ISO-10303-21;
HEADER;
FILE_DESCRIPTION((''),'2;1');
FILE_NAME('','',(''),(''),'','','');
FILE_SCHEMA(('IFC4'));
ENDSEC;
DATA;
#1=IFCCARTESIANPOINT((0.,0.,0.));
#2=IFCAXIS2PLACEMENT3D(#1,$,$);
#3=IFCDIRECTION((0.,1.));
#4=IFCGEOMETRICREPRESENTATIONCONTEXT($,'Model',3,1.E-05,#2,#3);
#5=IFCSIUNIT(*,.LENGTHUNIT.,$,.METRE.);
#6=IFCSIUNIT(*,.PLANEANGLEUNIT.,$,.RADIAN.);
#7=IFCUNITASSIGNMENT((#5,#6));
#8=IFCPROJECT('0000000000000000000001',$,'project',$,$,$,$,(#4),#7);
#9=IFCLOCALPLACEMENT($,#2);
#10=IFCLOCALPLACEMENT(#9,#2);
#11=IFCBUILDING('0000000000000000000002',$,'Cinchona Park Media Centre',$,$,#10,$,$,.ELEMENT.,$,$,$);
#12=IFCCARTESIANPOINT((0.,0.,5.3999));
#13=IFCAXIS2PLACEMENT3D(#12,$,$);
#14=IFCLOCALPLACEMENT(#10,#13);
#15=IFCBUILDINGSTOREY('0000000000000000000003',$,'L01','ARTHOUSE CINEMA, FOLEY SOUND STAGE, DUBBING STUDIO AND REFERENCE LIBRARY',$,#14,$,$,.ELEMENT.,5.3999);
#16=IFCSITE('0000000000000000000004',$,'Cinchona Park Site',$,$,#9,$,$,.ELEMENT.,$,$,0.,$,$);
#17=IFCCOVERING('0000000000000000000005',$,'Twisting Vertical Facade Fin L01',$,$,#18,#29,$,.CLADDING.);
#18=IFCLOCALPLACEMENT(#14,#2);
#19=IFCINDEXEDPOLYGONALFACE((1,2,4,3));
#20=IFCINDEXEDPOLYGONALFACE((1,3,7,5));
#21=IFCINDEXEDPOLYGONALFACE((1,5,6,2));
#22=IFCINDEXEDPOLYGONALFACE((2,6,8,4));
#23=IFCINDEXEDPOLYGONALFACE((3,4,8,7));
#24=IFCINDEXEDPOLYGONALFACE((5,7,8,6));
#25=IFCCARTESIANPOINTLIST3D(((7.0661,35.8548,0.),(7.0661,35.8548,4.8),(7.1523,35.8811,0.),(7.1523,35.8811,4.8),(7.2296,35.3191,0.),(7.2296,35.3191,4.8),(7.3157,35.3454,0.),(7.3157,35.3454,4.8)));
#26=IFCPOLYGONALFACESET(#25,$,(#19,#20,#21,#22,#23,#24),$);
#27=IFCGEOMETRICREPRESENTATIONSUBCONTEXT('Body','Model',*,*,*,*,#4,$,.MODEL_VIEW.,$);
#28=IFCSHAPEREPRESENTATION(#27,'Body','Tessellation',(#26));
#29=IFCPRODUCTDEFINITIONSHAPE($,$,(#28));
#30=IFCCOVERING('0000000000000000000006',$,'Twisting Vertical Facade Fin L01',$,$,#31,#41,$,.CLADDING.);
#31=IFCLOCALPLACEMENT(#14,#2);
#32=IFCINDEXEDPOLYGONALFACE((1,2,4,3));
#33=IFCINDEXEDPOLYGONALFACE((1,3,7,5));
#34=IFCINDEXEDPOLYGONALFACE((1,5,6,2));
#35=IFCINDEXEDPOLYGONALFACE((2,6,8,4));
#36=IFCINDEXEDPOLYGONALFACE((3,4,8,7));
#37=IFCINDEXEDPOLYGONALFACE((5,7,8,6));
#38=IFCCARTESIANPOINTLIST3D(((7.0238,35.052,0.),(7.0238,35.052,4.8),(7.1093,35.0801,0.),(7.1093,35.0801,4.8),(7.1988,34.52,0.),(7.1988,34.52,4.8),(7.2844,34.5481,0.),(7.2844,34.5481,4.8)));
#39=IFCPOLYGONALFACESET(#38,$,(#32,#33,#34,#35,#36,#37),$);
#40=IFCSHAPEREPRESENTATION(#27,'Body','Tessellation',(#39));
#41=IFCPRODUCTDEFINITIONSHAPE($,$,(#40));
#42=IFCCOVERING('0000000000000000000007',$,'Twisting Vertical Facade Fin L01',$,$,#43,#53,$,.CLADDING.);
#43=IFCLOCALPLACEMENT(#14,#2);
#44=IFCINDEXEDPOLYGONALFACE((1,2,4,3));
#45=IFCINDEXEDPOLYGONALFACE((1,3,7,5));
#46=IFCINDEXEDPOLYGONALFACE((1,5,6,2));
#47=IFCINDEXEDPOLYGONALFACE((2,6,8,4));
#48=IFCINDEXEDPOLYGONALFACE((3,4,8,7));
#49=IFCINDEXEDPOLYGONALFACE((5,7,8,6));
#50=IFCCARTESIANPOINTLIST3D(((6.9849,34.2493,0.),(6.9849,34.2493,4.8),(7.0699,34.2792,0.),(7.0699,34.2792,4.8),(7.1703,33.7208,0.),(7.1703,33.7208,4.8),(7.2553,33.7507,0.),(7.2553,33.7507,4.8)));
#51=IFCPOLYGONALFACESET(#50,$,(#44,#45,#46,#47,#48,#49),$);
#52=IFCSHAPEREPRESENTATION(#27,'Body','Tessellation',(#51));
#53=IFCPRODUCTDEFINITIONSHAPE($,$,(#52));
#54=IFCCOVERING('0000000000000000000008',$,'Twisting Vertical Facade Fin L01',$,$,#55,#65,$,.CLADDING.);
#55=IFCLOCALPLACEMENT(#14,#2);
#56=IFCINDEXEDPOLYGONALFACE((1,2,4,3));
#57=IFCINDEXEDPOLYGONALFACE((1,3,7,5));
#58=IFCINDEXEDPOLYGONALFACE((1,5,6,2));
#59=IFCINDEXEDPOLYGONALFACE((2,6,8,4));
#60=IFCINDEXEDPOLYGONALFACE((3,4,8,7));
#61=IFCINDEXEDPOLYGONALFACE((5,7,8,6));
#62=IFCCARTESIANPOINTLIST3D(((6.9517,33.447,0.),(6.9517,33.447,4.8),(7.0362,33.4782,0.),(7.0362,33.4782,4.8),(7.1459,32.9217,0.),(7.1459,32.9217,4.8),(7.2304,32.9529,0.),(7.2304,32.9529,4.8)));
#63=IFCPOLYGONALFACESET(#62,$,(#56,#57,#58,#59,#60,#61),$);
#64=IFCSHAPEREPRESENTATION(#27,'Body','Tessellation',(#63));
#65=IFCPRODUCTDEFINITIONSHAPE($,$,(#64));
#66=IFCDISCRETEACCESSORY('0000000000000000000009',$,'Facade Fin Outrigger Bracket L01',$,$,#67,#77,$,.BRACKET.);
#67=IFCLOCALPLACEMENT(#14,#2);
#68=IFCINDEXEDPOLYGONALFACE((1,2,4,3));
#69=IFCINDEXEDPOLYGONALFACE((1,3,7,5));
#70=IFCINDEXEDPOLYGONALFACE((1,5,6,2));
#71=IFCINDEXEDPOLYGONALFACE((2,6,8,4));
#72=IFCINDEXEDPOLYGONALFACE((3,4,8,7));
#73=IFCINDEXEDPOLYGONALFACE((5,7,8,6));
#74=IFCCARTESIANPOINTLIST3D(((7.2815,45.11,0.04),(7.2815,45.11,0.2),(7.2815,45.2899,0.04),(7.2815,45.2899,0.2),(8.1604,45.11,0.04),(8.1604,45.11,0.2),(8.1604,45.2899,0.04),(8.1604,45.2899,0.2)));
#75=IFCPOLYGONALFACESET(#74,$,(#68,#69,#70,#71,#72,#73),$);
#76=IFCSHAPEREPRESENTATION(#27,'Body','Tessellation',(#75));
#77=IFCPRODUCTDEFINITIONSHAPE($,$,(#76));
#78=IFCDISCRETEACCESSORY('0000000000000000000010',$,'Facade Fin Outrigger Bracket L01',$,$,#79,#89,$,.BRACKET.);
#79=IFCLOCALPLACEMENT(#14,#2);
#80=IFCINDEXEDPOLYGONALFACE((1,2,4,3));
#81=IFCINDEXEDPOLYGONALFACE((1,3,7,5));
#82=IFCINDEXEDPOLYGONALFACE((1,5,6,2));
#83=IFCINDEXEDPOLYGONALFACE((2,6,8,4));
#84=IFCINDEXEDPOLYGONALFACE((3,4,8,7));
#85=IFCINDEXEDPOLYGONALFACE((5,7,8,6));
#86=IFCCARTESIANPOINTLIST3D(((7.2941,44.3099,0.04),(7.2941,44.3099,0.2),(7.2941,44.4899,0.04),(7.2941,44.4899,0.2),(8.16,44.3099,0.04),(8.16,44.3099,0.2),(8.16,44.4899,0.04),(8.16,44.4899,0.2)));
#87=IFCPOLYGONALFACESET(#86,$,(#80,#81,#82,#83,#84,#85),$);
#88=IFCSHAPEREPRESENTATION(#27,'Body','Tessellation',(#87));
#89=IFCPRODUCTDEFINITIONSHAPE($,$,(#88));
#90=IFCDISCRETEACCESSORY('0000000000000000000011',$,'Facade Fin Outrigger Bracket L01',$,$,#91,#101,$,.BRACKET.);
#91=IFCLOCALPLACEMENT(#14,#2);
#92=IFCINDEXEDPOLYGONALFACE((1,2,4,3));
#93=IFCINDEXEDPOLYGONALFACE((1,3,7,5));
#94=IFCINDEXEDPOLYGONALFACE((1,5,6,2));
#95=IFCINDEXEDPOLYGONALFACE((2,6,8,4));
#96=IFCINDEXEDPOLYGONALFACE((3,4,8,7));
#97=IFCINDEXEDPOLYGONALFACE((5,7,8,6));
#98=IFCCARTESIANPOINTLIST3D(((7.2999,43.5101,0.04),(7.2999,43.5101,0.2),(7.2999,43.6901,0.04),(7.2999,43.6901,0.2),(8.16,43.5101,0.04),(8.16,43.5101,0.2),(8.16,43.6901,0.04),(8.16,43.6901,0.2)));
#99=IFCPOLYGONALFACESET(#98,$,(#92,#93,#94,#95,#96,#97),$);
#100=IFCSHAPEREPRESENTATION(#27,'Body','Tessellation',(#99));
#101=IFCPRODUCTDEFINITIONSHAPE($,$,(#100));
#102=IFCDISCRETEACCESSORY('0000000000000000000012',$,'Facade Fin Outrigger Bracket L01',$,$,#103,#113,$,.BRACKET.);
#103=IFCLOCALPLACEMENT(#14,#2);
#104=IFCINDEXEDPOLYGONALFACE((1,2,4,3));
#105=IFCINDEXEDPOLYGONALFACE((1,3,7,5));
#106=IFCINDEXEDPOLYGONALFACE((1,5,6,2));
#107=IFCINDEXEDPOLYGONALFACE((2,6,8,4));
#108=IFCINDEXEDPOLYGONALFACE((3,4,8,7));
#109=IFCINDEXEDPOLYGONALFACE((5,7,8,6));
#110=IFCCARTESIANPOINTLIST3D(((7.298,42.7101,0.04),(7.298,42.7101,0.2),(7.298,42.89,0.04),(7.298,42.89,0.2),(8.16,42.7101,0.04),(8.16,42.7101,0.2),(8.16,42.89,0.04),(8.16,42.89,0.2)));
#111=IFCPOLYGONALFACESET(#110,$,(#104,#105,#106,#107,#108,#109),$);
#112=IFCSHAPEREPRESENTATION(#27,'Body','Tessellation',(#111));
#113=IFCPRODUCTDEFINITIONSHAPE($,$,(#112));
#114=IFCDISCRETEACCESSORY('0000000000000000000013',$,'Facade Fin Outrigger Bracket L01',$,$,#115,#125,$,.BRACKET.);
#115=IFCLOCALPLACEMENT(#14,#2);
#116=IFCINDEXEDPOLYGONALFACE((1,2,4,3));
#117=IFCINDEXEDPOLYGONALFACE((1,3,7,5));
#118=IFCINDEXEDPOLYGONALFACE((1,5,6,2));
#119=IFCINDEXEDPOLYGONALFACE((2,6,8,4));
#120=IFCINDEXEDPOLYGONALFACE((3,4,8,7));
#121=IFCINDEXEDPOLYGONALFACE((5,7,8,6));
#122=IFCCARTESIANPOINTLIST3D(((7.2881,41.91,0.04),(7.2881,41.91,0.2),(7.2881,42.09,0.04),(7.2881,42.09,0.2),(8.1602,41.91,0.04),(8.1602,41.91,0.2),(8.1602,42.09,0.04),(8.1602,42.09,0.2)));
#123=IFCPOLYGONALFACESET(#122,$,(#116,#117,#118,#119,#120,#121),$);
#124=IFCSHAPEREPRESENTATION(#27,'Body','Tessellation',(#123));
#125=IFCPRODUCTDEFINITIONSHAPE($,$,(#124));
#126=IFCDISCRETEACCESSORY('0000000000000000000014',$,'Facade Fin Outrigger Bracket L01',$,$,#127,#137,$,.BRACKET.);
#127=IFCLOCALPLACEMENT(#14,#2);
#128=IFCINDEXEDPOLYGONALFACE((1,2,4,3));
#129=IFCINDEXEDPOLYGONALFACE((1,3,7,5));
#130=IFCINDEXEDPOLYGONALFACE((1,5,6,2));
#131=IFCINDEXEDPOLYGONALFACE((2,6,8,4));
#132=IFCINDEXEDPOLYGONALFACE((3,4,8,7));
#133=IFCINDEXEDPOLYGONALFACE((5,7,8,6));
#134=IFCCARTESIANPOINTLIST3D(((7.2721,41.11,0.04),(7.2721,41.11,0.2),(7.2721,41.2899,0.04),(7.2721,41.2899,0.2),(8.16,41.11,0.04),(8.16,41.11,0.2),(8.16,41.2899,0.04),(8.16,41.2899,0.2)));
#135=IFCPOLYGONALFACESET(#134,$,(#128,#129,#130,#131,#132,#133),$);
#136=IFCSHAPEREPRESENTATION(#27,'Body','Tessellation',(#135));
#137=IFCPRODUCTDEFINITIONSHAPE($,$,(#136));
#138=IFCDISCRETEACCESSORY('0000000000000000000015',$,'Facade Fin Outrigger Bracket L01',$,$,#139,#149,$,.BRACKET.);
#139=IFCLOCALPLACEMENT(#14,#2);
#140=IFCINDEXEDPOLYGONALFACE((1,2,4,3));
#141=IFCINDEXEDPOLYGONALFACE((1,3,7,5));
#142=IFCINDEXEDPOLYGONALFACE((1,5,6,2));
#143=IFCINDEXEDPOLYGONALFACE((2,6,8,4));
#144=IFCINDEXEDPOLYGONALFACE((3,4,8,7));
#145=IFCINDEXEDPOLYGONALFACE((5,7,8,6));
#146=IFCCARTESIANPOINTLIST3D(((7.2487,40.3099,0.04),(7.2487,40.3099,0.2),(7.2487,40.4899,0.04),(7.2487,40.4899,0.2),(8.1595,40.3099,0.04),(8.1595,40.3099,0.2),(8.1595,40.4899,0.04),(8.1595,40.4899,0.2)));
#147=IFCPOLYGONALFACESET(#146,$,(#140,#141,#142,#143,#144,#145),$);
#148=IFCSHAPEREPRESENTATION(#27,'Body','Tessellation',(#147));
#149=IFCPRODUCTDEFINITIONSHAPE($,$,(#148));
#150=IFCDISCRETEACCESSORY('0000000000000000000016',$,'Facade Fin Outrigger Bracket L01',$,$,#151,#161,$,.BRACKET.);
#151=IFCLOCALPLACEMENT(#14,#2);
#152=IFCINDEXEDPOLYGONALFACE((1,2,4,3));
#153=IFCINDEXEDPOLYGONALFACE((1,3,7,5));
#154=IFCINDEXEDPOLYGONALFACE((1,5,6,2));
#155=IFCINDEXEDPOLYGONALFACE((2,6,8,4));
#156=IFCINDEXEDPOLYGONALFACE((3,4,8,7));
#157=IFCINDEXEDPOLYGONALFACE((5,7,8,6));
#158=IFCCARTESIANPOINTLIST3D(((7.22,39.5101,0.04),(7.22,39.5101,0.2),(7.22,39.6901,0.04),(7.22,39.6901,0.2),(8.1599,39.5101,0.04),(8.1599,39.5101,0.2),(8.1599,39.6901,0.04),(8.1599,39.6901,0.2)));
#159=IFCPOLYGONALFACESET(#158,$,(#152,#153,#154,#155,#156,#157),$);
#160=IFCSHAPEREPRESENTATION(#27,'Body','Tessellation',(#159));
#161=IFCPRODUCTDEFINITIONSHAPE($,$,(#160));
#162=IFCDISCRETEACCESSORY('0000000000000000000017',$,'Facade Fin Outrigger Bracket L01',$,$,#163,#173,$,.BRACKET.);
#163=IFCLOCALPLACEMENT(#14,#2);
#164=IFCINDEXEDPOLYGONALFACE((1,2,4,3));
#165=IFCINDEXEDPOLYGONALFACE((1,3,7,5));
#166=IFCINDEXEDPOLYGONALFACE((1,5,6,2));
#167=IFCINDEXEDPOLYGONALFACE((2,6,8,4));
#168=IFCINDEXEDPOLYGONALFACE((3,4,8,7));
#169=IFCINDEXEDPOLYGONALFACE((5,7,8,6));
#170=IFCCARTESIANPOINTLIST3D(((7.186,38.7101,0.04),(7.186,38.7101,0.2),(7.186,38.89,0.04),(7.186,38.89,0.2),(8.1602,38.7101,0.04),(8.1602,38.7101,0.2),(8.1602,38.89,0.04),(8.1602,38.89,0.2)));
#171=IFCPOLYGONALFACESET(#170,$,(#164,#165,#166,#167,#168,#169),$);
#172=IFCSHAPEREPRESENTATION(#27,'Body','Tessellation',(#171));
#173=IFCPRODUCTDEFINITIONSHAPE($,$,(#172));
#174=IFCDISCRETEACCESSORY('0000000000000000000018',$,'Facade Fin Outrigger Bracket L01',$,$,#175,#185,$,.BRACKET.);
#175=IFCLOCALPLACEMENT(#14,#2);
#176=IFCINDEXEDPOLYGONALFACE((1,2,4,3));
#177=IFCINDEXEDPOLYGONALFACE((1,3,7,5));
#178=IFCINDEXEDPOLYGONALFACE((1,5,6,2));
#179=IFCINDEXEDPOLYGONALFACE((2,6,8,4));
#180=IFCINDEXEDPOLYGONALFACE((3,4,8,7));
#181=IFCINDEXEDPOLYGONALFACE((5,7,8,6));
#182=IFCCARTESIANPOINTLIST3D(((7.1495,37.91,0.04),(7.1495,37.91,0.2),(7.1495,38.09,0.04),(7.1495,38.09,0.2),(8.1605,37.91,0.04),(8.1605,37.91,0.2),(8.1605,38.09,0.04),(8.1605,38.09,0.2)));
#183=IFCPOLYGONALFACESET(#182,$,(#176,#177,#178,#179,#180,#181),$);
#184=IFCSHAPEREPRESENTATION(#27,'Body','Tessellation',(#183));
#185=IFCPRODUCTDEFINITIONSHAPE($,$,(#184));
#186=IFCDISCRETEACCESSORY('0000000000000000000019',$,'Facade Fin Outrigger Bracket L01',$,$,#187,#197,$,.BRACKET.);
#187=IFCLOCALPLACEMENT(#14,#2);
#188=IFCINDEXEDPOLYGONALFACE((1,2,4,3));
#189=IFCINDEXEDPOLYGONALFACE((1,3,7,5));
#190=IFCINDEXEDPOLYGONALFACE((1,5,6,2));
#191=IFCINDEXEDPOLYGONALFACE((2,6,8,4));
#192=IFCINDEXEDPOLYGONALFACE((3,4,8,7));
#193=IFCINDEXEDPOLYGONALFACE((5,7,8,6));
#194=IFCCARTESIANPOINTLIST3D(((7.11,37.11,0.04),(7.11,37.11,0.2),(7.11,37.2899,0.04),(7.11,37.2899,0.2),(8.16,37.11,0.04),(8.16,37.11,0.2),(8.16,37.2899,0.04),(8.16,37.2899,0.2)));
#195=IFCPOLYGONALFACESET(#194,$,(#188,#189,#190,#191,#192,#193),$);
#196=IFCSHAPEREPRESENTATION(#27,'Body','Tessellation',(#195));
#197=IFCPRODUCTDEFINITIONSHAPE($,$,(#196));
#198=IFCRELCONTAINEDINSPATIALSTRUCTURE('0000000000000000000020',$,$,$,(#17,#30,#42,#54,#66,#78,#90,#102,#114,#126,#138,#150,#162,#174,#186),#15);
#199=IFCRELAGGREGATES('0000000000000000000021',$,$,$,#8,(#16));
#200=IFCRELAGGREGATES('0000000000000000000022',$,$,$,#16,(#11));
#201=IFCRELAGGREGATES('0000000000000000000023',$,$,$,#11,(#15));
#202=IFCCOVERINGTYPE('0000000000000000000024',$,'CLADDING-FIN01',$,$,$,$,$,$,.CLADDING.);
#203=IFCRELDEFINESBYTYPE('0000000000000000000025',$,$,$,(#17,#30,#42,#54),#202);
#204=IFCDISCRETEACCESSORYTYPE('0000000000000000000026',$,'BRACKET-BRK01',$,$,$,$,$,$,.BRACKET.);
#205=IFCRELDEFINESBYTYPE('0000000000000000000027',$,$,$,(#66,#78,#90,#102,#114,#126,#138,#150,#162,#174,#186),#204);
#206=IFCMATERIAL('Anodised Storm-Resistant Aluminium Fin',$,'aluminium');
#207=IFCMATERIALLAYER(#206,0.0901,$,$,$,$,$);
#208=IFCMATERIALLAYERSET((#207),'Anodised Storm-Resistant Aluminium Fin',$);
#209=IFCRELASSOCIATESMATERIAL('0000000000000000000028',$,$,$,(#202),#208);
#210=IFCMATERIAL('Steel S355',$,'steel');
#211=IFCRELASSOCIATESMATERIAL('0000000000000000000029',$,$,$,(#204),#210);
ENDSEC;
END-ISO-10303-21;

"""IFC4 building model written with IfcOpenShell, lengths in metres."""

from ifc_helpers import new_model, si_unit, direction, frame, origin, origin_2d, place, context, subcontext, project, spatial, rectangle, extrude, material, layer, layer_set, type_object, element, save


model = new_model("IFC4")

# Units and contexts
model_context = context("Model", 3, precision=1e-05, world=origin(), true_north=direction((0.0, 1.0)))
body_context = subcontext(model_context, "Body", "Model", "MODEL_VIEW")
ifc_project = project(units=[si_unit("LENGTHUNIT", "METRE"), si_unit("PLANEANGLEUNIT", "RADIAN")], contexts=[model_context])

# Site, building, storey
site_placement = place(None, origin())
site = spatial("IfcSite", under=ifc_project, at=site_placement, Name="Cinchona Park Site", CompositionType="ELEMENT", RefElevation=0.0)
building_placement = place(site_placement, origin())
building = spatial("IfcBuilding", under=site, at=building_placement, Name="Cinchona Park Media Centre", CompositionType="ELEMENT")
storey_placement = place(building_placement, frame((0.0, 0.0, 5.3999)))
storey = spatial("IfcBuildingStorey", under=building, at=storey_placement, Name="L01", Description="ARTHOUSE CINEMA, FOLEY SOUND STAGE, DUBBING STUDIO AND REFERENCE LIBRARY", CompositionType="ELEMENT", Elevation=5.3999)

# Coverings
ifc_material_1 = material(Name="Anodised Storm-Resistant Aluminium Fin", Category="aluminium")
ifc_layer = layer(ifc_material_1, 0.0901)
ifc_layer_set = layer_set([ifc_layer], Name="Anodised Storm-Resistant Aluminium Fin")
covering_type = type_object("IfcCoveringType", Name="CLADDING-FIN01", PredefinedType="CLADDING", material=ifc_layer_set)
for number, where, z_axis, x_axis, name in (
    (1, (7.1909, 35.6001, 0.0), (0.0, 0.0, 1.0), (0.291871, -0.956458, 0.0), "Twisting Vertical Facade Fin L01"),
    (2, (7.1541, 34.8, 0.0), (0.0, 0.0, 1.0), (0.312501, -0.949918, 0.0), "Twisting Vertical Facade Fin L01"),
    (3, (7.1201, 34.0, 0.0), (0.0, 0.0, 1.0), (0.331009, -0.943628, 0.0), "Twisting Vertical Facade Fin L01"),
    (4, (7.0911, 33.2, 0.0), (0.0, 0.0, 1.0), (0.346772, -0.937949, 0.0), "Twisting Vertical Facade Fin L01"),
):
    element("IfcCovering", number, at=place(storey_placement, frame(where, z_axis=z_axis, x_axis=x_axis)), inside=storey, type_object=covering_type, Name=name, PredefinedType="CLADDING", context=body_context, shape_type="SweptSolid", body=[
        extrude(rectangle(XDim=0.5601, YDim=0.0901, at=origin_2d()), origin(), (0.0, 0.0, 1.0), 4.8),
    ])

# Discrete accessories
ifc_material_2 = material(Name="Steel S355", Category="steel")
discrete_accessory_type = type_object("IfcDiscreteAccessoryType", Name="BRACKET-BRK01", PredefinedType="BRACKET", material=ifc_material_2)
discrete_accessory_1_placement = place(storey_placement, frame((7.7209, 45.2, 0.04), z_axis=(0.0, 0.0, 1.0), x_axis=(0.0, -1.0, 0.0)))
element("IfcDiscreteAccessory", 5, at=discrete_accessory_1_placement, inside=storey, type_object=discrete_accessory_type, Name="Facade Fin Outrigger Bracket L01", PredefinedType="BRACKET", context=body_context, shape_type="SweptSolid", body=[
    extrude(rectangle(XDim=0.1799, YDim=0.8789, at=origin_2d()), origin(), (0.0, 0.0, 1.0), 0.1599),
])
discrete_accessory_2_placement = place(storey_placement, frame((7.7271, 44.3999, 0.04), z_axis=(0.0, 0.0, 1.0), x_axis=(0.0, -1.0, 0.0)))
element("IfcDiscreteAccessory", 6, at=discrete_accessory_2_placement, inside=storey, type_object=discrete_accessory_type, Name="Facade Fin Outrigger Bracket L01", PredefinedType="BRACKET", context=body_context, shape_type="SweptSolid", body=[
    extrude(rectangle(XDim=0.1799, YDim=0.866, at=origin_2d()), origin(), (0.0, 0.0, 1.0), 0.1599),
])
discrete_accessory_3_placement = place(storey_placement, frame((7.73, 43.6001, 0.04), z_axis=(0.0, 0.0, 1.0), x_axis=(0.0, -1.0, 0.0)))
element("IfcDiscreteAccessory", 7, at=discrete_accessory_3_placement, inside=storey, type_object=discrete_accessory_type, Name="Facade Fin Outrigger Bracket L01", PredefinedType="BRACKET", context=body_context, shape_type="SweptSolid", body=[
    extrude(rectangle(XDim=0.1799, YDim=0.8601, at=origin_2d()), origin(), (0.0, 0.0, 1.0), 0.1599),
])
discrete_accessory_4_placement = place(storey_placement, frame((7.729, 42.8, 0.04), z_axis=(0.0, 0.0, 1.0), x_axis=(0.0, -1.0, 0.0)))
element("IfcDiscreteAccessory", 8, at=discrete_accessory_4_placement, inside=storey, type_object=discrete_accessory_type, Name="Facade Fin Outrigger Bracket L01", PredefinedType="BRACKET", context=body_context, shape_type="SweptSolid", body=[
    extrude(rectangle(XDim=0.1799, YDim=0.8621, at=origin_2d()), origin(), (0.0, 0.0, 1.0), 0.1599),
])
discrete_accessory_5_placement = place(storey_placement, frame((7.7241, 42.0, 0.04), z_axis=(0.0, 0.0, 1.0), x_axis=(0.0, -1.0, 0.0)))
element("IfcDiscreteAccessory", 9, at=discrete_accessory_5_placement, inside=storey, type_object=discrete_accessory_type, Name="Facade Fin Outrigger Bracket L01", PredefinedType="BRACKET", context=body_context, shape_type="SweptSolid", body=[
    extrude(rectangle(XDim=0.1799, YDim=0.8721, at=origin_2d()), origin(), (0.0, 0.0, 1.0), 0.1599),
])
discrete_accessory_6_placement = place(storey_placement, frame((7.7161, 41.2, 0.04), z_axis=(0.0, 0.0, 1.0), x_axis=(0.0, -1.0, 0.0)))
element("IfcDiscreteAccessory", 10, at=discrete_accessory_6_placement, inside=storey, type_object=discrete_accessory_type, Name="Facade Fin Outrigger Bracket L01", PredefinedType="BRACKET", context=body_context, shape_type="SweptSolid", body=[
    extrude(rectangle(XDim=0.1799, YDim=0.8879, at=origin_2d()), origin(), (0.0, 0.0, 1.0), 0.1599),
])
discrete_accessory_7_placement = place(storey_placement, frame((7.7041, 40.3999, 0.04), z_axis=(0.0, 0.0, 1.0), x_axis=(0.0, -1.0, 0.0)))
element("IfcDiscreteAccessory", 11, at=discrete_accessory_7_placement, inside=storey, type_object=discrete_accessory_type, Name="Facade Fin Outrigger Bracket L01", PredefinedType="BRACKET", context=body_context, shape_type="SweptSolid", body=[
    extrude(rectangle(XDim=0.1799, YDim=0.9109, at=origin_2d()), origin(), (0.0, 0.0, 1.0), 0.1599),
])
discrete_accessory_8_placement = place(storey_placement, frame((7.6899, 39.6001, 0.04), z_axis=(0.0, 0.0, 1.0), x_axis=(0.0, -1.0, 0.0)))
element("IfcDiscreteAccessory", 12, at=discrete_accessory_8_placement, inside=storey, type_object=discrete_accessory_type, Name="Facade Fin Outrigger Bracket L01", PredefinedType="BRACKET", context=body_context, shape_type="SweptSolid", body=[
    extrude(rectangle(XDim=0.1799, YDim=0.9399, at=origin_2d()), origin(), (0.0, 0.0, 1.0), 0.1599),
])
discrete_accessory_9_placement = place(storey_placement, frame((7.6731, 38.8, 0.04), z_axis=(0.0, 0.0, 1.0), x_axis=(0.0, -1.0, 0.0)))
element("IfcDiscreteAccessory", 13, at=discrete_accessory_9_placement, inside=storey, type_object=discrete_accessory_type, Name="Facade Fin Outrigger Bracket L01", PredefinedType="BRACKET", context=body_context, shape_type="SweptSolid", body=[
    extrude(rectangle(XDim=0.1799, YDim=0.9741, at=origin_2d()), origin(), (0.0, 0.0, 1.0), 0.1599),
])
discrete_accessory_10_placement = place(storey_placement, frame((7.655, 38.0, 0.04), z_axis=(0.0, 0.0, 1.0), x_axis=(0.0, -1.0, 0.0)))
element("IfcDiscreteAccessory", 14, at=discrete_accessory_10_placement, inside=storey, type_object=discrete_accessory_type, Name="Facade Fin Outrigger Bracket L01", PredefinedType="BRACKET", context=body_context, shape_type="SweptSolid", body=[
    extrude(rectangle(XDim=0.1799, YDim=1.011, at=origin_2d()), origin(), (0.0, 0.0, 1.0), 0.1599),
])
discrete_accessory_11_placement = place(storey_placement, frame((7.635, 37.2, 0.04), z_axis=(0.0, 0.0, 1.0), x_axis=(0.0, -1.0, 0.0)))
element("IfcDiscreteAccessory", 15, at=discrete_accessory_11_placement, inside=storey, type_object=discrete_accessory_type, Name="Facade Fin Outrigger Bracket L01", PredefinedType="BRACKET", context=body_context, shape_type="SweptSolid", body=[
    extrude(rectangle(XDim=0.1799, YDim=1.05, at=origin_2d()), origin(), (0.0, 0.0, 1.0), 0.1599),
])

save(model, "model.ifc")
